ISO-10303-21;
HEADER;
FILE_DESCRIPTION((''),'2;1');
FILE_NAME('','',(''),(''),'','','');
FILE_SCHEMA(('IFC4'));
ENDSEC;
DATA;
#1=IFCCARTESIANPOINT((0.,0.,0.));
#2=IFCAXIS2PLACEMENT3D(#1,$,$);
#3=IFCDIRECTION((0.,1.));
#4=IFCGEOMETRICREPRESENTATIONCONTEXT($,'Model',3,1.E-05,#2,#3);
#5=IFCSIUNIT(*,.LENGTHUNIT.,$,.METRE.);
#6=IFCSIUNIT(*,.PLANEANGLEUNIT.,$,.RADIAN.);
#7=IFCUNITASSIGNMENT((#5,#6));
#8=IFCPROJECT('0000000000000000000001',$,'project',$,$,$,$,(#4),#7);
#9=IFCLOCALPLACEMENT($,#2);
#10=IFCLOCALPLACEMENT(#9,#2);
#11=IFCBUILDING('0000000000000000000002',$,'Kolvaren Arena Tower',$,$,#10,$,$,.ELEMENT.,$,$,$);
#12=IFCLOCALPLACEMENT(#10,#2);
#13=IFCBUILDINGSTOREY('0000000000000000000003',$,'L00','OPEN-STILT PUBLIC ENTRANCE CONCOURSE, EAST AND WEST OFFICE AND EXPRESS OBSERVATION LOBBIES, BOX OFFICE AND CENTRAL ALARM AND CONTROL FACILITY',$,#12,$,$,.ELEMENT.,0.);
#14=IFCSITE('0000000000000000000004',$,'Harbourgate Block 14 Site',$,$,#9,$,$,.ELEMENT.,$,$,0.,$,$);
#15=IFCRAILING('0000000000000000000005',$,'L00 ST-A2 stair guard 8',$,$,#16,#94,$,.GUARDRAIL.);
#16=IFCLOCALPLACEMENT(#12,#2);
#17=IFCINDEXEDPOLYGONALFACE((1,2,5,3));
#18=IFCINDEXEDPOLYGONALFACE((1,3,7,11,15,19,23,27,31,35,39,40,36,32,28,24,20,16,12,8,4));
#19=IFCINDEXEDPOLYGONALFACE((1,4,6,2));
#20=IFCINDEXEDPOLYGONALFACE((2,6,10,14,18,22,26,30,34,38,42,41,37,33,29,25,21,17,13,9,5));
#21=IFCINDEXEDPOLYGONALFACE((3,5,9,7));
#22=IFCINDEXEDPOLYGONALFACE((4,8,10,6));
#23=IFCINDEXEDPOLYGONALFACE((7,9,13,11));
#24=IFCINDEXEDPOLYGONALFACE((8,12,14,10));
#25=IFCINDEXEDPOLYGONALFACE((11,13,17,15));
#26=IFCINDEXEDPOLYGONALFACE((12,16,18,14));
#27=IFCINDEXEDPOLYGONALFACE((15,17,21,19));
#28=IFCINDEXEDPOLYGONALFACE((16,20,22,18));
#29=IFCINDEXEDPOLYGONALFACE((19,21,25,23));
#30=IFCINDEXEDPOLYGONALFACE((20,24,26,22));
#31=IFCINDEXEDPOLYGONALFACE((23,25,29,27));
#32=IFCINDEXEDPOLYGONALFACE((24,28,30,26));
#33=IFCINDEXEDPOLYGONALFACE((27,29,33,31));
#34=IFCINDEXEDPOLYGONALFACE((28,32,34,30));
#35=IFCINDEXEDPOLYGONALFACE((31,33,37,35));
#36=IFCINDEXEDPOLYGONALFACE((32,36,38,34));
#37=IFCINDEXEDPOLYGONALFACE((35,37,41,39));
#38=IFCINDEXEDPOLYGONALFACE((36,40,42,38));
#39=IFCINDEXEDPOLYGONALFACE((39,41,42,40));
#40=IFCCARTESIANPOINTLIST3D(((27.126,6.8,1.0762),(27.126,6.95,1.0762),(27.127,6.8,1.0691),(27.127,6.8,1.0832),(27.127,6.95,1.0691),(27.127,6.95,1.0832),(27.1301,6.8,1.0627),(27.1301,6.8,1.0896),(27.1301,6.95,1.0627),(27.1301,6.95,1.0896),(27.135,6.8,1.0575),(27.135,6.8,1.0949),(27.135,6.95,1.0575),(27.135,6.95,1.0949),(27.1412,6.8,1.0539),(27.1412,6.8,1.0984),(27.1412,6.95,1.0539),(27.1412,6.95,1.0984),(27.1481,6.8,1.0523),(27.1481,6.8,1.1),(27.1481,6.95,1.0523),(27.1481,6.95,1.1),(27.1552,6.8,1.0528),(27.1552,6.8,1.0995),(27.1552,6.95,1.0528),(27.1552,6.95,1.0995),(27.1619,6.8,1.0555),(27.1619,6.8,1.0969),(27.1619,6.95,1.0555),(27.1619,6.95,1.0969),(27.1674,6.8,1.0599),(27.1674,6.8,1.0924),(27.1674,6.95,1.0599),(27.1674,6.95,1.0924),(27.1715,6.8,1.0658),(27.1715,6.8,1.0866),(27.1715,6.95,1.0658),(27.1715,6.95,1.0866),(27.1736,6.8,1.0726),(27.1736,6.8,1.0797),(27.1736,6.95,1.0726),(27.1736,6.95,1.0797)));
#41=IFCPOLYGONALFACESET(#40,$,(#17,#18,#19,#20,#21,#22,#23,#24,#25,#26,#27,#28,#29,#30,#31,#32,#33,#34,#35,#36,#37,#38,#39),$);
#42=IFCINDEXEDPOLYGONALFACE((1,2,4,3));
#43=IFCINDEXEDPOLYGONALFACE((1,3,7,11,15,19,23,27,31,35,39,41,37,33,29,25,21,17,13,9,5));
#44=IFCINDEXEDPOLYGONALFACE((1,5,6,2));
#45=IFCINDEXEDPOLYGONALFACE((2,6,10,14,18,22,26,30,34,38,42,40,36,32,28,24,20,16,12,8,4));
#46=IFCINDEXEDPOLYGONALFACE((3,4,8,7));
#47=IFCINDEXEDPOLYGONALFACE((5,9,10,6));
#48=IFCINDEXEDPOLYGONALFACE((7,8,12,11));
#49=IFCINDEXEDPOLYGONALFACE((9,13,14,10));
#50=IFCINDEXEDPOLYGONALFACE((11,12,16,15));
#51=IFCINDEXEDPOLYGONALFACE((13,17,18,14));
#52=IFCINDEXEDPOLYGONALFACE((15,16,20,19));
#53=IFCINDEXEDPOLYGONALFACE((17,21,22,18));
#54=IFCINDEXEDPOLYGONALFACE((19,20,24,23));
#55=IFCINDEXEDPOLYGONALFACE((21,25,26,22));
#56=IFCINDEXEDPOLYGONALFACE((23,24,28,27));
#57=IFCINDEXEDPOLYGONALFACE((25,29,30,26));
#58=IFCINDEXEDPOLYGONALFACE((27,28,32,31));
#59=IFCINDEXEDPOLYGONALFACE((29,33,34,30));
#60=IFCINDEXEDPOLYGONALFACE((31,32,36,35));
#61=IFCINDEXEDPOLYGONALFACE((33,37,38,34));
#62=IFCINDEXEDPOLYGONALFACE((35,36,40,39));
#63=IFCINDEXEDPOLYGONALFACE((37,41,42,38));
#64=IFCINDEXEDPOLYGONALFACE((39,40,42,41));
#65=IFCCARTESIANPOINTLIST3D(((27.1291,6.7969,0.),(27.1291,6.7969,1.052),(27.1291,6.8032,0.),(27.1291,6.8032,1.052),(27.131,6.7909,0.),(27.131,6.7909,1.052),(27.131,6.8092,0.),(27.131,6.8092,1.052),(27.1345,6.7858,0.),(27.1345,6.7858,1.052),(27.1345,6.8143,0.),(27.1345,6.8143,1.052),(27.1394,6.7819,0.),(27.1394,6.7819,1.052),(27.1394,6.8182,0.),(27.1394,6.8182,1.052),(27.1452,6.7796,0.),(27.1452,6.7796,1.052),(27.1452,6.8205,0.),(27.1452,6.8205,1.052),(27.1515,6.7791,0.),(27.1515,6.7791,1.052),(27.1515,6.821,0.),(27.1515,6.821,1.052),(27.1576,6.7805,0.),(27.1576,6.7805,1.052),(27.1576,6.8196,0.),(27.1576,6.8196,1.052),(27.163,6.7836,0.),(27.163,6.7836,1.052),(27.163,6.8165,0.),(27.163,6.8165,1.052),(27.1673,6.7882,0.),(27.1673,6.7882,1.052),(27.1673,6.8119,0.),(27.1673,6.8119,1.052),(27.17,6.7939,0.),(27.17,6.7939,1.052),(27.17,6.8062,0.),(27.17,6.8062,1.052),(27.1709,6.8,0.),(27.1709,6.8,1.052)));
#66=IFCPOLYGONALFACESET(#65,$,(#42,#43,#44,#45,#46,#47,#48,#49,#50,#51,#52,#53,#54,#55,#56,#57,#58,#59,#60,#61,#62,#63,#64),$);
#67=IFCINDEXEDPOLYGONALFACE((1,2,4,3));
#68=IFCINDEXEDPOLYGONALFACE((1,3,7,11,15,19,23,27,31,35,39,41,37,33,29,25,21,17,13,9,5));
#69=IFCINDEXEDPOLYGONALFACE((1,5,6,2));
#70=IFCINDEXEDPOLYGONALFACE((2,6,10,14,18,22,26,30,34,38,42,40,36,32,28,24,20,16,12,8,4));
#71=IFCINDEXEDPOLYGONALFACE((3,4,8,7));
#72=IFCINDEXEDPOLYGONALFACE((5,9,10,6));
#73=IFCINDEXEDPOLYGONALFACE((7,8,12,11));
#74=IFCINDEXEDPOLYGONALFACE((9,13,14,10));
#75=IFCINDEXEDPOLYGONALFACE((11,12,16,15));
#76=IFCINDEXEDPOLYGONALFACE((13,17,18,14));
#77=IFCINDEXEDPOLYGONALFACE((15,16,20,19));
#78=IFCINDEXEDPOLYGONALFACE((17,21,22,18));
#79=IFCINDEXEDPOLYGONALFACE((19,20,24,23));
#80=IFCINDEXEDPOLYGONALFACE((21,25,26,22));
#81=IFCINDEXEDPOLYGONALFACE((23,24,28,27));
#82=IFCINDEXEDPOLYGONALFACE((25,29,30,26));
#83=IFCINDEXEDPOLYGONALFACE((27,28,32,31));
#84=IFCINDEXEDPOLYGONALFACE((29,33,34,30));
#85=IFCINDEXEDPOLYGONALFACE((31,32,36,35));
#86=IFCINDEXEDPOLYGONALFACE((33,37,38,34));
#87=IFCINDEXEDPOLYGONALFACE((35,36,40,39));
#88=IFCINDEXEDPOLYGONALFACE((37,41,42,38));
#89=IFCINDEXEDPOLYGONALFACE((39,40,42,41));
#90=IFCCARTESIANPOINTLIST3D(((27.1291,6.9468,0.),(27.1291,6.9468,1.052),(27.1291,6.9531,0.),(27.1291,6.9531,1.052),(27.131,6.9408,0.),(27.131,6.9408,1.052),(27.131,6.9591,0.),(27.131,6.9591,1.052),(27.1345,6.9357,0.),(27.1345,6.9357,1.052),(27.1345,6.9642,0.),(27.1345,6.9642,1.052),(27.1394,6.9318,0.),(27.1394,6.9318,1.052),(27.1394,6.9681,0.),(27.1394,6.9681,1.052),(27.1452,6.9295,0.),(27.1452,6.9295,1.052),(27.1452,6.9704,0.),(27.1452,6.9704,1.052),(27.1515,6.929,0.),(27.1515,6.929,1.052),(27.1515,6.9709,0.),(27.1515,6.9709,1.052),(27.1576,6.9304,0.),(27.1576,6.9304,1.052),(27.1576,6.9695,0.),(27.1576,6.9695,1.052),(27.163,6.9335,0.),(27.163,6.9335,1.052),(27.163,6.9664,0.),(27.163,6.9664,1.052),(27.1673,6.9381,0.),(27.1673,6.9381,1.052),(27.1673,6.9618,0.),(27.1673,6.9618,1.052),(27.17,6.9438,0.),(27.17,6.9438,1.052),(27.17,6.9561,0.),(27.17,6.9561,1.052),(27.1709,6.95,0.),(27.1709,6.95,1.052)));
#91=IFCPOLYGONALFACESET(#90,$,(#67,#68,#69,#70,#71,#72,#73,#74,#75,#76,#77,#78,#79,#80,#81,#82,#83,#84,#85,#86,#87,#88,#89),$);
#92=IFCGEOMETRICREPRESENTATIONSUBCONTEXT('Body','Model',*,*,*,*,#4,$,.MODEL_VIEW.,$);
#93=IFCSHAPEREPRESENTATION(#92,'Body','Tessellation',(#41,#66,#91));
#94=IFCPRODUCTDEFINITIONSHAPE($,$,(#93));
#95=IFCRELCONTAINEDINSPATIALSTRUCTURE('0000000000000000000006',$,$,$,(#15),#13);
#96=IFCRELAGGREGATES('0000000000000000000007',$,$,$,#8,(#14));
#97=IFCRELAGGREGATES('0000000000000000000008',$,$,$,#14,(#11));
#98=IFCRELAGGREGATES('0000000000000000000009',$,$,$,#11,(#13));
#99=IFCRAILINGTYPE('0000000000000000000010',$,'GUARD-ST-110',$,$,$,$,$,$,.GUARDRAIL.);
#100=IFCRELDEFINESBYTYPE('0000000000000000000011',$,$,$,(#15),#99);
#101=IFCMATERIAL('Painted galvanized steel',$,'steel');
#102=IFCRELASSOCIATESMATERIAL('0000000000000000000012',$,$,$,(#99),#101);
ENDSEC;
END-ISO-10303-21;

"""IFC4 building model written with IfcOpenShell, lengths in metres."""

from ifc_helpers import new_model, si_unit, direction, frame, origin, origin_2d, place, context, subcontext, project, spatial, circle, extrude, material, type_object, element, save


model = new_model("IFC4")

# Units and contexts
model_context = context("Model", 3, precision=1e-05, world=origin(), true_north=direction((0.0, 1.0)))
body_context = subcontext(model_context, "Body", "Model", "MODEL_VIEW")
ifc_project = project(units=[si_unit("LENGTHUNIT", "METRE"), si_unit("PLANEANGLEUNIT", "RADIAN")], contexts=[model_context])

# Site, building, storey
site_placement = place(None, origin())
site = spatial("IfcSite", under=ifc_project, at=site_placement, Name="Harbourgate Block 14 Site", CompositionType="ELEMENT", RefElevation=0.0)
building_placement = place(site_placement, origin())
building = spatial("IfcBuilding", under=site, at=building_placement, Name="Kolvaren Arena Tower", CompositionType="ELEMENT")
storey_placement = place(building_placement, origin())
storey = spatial("IfcBuildingStorey", under=building, at=storey_placement, Name="L00", Description="OPEN-STILT PUBLIC ENTRANCE CONCOURSE, EAST AND WEST OFFICE AND EXPRESS OBSERVATION LOBBIES, BOX OFFICE AND CENTRAL ALARM AND CONTROL FACILITY", CompositionType="ELEMENT", Elevation=0.0)

# Railing
ifc_material_1 = material(Name="Painted galvanized steel", Category="steel")
railing_type_1 = type_object("IfcRailingType", Name="GUARD-ST-110", PredefinedType="GUARDRAIL", material=ifc_material_1)
railing_1_placement = place(storey_placement, frame((27.1499, 6.8, 0.0)))
element("IfcRailing", 1, at=railing_1_placement, inside=storey, type_object=railing_type_1, Name="L00 ST-A2 stair guard 8", PredefinedType="GUARDRAIL", context=body_context, shape_type="SweptSolid", body=[
    extrude(circle(Radius=0.0239, at=origin_2d()), frame((0.0, 0.0, 1.0762), z_axis=(0.0, 1.0, 0.0), x_axis=(-1.0, 0.0, 0.0)), (0.0, 0.0, 1.0), 0.1499),
    extrude(circle(Radius=0.021, at=origin_2d()), origin(), (0.0, 0.0, 1.0), 1.052),
    extrude(circle(Radius=0.021, at=origin_2d()), frame((0.0, 0.1499, 0.0)), (0.0, 0.0, 1.0), 1.052),
])

save(model, "model.ifc")
